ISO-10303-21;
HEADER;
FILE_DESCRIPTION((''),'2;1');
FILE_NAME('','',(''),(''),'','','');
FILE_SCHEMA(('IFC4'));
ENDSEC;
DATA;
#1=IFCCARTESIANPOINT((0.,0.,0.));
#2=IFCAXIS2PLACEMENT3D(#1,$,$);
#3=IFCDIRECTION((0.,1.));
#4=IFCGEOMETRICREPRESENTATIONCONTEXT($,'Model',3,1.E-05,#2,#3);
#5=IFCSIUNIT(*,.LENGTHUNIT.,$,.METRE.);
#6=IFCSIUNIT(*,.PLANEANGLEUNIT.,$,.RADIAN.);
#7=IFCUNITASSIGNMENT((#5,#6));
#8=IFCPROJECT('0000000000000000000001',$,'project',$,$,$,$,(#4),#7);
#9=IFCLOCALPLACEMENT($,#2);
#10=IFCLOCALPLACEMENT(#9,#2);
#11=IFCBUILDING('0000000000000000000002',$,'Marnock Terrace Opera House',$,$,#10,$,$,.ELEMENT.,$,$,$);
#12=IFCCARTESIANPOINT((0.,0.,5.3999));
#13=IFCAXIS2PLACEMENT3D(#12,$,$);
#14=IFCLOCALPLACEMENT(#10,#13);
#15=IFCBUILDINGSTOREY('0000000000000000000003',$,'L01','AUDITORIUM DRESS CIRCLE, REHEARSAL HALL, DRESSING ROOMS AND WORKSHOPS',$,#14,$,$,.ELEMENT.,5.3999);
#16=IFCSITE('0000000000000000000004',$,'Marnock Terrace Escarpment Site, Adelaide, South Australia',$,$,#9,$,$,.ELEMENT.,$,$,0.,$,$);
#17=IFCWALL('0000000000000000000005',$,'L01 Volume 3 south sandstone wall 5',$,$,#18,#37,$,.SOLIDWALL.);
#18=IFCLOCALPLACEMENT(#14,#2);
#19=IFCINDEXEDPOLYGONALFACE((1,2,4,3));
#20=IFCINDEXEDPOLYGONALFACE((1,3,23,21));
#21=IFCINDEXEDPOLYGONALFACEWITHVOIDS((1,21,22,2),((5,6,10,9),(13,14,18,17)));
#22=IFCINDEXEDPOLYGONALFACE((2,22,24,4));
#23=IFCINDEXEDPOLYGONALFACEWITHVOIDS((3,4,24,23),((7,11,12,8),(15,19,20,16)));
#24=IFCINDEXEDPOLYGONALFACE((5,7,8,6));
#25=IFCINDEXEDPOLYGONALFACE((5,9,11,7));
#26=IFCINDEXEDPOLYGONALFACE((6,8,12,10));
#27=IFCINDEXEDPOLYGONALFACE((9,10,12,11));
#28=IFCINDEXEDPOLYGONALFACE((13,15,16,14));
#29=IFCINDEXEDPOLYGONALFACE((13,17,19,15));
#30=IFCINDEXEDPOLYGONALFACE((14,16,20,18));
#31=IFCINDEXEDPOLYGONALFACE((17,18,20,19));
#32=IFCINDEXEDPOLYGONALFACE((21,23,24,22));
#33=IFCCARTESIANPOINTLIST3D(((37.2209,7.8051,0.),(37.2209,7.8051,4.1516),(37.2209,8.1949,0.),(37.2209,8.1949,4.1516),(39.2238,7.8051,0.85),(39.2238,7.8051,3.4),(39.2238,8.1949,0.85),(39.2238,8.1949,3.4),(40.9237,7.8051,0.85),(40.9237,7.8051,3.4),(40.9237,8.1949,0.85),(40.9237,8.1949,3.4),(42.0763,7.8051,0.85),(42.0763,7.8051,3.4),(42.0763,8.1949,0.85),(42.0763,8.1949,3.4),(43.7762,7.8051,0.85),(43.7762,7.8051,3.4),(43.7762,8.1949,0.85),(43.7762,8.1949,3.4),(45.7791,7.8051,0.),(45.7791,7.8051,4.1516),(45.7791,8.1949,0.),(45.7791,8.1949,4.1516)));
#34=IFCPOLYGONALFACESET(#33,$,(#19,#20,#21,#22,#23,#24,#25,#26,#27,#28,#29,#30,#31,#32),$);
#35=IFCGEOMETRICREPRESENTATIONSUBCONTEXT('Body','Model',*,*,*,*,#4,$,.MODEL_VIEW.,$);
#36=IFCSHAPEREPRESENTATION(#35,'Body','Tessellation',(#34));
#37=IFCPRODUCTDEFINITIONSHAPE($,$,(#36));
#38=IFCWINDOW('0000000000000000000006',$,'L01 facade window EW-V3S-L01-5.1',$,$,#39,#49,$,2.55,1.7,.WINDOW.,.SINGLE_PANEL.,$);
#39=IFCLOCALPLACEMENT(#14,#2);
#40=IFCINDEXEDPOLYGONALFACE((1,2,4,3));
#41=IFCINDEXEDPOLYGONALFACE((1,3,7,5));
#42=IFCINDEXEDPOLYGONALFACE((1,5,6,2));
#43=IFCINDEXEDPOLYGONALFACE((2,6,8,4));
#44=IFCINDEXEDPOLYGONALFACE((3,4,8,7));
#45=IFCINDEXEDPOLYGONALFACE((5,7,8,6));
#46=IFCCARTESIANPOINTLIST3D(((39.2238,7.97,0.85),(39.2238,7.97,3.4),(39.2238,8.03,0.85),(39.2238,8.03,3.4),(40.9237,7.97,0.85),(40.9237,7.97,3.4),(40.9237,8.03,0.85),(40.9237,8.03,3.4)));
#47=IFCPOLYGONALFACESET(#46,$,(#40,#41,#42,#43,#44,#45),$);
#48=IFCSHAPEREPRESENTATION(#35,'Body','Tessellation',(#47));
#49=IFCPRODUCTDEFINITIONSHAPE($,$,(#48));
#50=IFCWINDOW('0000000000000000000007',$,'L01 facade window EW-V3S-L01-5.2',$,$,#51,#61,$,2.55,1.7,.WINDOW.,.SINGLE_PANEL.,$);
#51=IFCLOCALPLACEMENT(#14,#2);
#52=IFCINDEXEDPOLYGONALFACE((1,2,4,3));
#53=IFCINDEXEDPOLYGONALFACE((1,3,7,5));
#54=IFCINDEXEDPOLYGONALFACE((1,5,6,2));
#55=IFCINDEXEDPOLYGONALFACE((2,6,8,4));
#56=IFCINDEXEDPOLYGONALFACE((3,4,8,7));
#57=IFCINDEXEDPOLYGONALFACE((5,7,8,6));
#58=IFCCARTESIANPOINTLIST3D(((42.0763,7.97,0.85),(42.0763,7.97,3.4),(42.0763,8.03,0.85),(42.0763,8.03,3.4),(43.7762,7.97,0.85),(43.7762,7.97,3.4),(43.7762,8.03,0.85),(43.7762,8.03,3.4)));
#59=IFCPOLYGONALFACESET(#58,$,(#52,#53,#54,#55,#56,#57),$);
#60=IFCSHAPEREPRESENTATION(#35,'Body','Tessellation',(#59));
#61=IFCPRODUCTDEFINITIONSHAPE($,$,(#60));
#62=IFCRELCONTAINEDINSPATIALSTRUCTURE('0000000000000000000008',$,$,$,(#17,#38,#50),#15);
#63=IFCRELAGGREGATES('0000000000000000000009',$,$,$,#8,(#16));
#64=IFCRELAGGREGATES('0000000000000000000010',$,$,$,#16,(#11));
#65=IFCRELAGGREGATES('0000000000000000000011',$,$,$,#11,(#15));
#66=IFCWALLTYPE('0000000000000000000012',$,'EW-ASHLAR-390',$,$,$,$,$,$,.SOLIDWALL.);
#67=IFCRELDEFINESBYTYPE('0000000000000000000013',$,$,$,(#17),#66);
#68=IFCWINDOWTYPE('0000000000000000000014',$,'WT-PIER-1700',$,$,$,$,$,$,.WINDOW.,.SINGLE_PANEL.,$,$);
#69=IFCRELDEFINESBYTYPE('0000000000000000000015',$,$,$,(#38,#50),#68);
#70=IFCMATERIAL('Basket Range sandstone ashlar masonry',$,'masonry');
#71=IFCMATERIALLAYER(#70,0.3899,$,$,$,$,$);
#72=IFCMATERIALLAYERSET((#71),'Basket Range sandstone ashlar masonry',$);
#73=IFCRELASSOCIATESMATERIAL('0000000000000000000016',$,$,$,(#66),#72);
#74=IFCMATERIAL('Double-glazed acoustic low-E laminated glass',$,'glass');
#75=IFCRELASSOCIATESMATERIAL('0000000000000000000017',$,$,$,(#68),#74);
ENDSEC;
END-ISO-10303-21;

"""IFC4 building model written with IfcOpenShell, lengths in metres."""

from ifc_helpers import new_model, si_unit, direction, frame, frame_2d, origin, place, context, subcontext, project, spatial, rectangle, extrude, material, layer, layer_set, type_object, element, fill, save


model = new_model("IFC4")

# Units and contexts
model_context = context("Model", 3, precision=1e-05, world=origin(), true_north=direction((0.0, 1.0)))
body_context = subcontext(model_context, "Body", "Model", "MODEL_VIEW")
ifc_project = project(units=[si_unit("LENGTHUNIT", "METRE"), si_unit("PLANEANGLEUNIT", "RADIAN")], contexts=[model_context])

# Site, building, storey
site_placement = place(None, origin())
site = spatial("IfcSite", under=ifc_project, at=site_placement, Name="Marnock Terrace Escarpment Site, Adelaide, South Australia", CompositionType="ELEMENT", RefElevation=0.0)
building_placement = place(site_placement, origin())
building = spatial("IfcBuilding", under=site, at=building_placement, Name="Marnock Terrace Opera House", CompositionType="ELEMENT")
storey_placement = place(building_placement, frame((0.0, 0.0, 5.3999)))
storey = spatial("IfcBuildingStorey", under=building, at=storey_placement, Name="L01", Description="AUDITORIUM DRESS CIRCLE, REHEARSAL HALL, DRESSING ROOMS AND WORKSHOPS", CompositionType="ELEMENT", Elevation=5.3999)

# Wall, openings, windows
ifc_material_1 = material(Name="Basket Range sandstone ashlar masonry", Category="masonry")
ifc_layer_1 = layer(ifc_material_1, 0.3899)
ifc_layer_set_1 = layer_set([ifc_layer_1], Name="Basket Range sandstone ashlar masonry")
wall_type = type_object("IfcWallType", Name="EW-ASHLAR-390", PredefinedType="SOLIDWALL", material=ifc_layer_set_1)
wall_placement = place(storey_placement, frame((37.2209, 8.0, 0.0), z_axis=(0.0, 0.0, 1.0), x_axis=(1.0, 0.0, 0.0)))
wall = element("IfcWall", 1, at=wall_placement, inside=storey, type_object=wall_type, Name="L01 Volume 3 south sandstone wall 5", PredefinedType="SOLIDWALL", context=body_context, shape_type="SweptSolid", body=[
    extrude(rectangle(XDim=8.5581, YDim=0.3899, at=frame_2d((4.2791, 0.0))), origin(), (0.0, 0.0, 1.0), 4.1516),
])
opening_1_placement = place(wall_placement, frame((2.0027, 0.0, 0.8501)))
opening_1 = element("IfcOpeningElement", 2, at=opening_1_placement, cuts=wall, PredefinedType="OPENING", context=body_context, shape_type="SweptSolid", body=[
    extrude(rectangle(XDim=1.7, YDim=2.55, at=frame_2d((0.8501, 1.2749))), frame((0.0, 0.2048, 0.0), z_axis=(0.0, -1.0, 0.0), x_axis=(1.0, 0.0, 0.0)), (0.0, 0.0, 1.0), 0.4099),
])
opening_2_placement = place(wall_placement, frame((4.8552, 0.0, 0.8501)))
opening_2 = element("IfcOpeningElement", 3, at=opening_2_placement, cuts=wall, PredefinedType="OPENING", context=body_context, shape_type="SweptSolid", body=[
    extrude(rectangle(XDim=1.7, YDim=2.55, at=frame_2d((0.8501, 1.2749))), frame((0.0, 0.2048, 0.0), z_axis=(0.0, -1.0, 0.0), x_axis=(1.0, 0.0, 0.0)), (0.0, 0.0, 1.0), 0.4099),
])
ifc_material_2 = material(Name="Double-glazed acoustic low-E laminated glass", Category="glass")
window_type = type_object("IfcWindowType", Name="WT-PIER-1700", PartitioningType="SINGLE_PANEL", PredefinedType="WINDOW", material=ifc_material_2)
window_1_placement = place(opening_1_placement, origin())
window_1 = element("IfcWindow", 4, at=window_1_placement, inside=storey, type_object=window_type, Name="L01 facade window EW-V3S-L01-5.1", OverallHeight=2.55, OverallWidth=1.7, PartitioningType="SINGLE_PANEL", PredefinedType="WINDOW", context=body_context, shape_type="SweptSolid", body=[
    extrude(rectangle(XDim=1.7, YDim=2.55, at=frame_2d((0.8501, 1.2749))), frame((0.0, 0.03, 0.0), z_axis=(0.0, -1.0, 0.0), x_axis=(1.0, 0.0, 0.0)), (0.0, 0.0, 1.0), 0.0601),
])
fill(opening_1, window_1)
window_2_placement = place(opening_2_placement, origin())
window_2 = element("IfcWindow", 5, at=window_2_placement, inside=storey, type_object=window_type, Name="L01 facade window EW-V3S-L01-5.2", OverallHeight=2.55, OverallWidth=1.7, PartitioningType="SINGLE_PANEL", PredefinedType="WINDOW", context=body_context, shape_type="SweptSolid", body=[
    extrude(rectangle(XDim=1.7, YDim=2.55, at=frame_2d((0.8501, 1.2749))), frame((0.0, 0.03, 0.0), z_axis=(0.0, -1.0, 0.0), x_axis=(1.0, 0.0, 0.0)), (0.0, 0.0, 1.0), 0.0601),
])
fill(opening_2, window_2)

save(model, "model.ifc")
